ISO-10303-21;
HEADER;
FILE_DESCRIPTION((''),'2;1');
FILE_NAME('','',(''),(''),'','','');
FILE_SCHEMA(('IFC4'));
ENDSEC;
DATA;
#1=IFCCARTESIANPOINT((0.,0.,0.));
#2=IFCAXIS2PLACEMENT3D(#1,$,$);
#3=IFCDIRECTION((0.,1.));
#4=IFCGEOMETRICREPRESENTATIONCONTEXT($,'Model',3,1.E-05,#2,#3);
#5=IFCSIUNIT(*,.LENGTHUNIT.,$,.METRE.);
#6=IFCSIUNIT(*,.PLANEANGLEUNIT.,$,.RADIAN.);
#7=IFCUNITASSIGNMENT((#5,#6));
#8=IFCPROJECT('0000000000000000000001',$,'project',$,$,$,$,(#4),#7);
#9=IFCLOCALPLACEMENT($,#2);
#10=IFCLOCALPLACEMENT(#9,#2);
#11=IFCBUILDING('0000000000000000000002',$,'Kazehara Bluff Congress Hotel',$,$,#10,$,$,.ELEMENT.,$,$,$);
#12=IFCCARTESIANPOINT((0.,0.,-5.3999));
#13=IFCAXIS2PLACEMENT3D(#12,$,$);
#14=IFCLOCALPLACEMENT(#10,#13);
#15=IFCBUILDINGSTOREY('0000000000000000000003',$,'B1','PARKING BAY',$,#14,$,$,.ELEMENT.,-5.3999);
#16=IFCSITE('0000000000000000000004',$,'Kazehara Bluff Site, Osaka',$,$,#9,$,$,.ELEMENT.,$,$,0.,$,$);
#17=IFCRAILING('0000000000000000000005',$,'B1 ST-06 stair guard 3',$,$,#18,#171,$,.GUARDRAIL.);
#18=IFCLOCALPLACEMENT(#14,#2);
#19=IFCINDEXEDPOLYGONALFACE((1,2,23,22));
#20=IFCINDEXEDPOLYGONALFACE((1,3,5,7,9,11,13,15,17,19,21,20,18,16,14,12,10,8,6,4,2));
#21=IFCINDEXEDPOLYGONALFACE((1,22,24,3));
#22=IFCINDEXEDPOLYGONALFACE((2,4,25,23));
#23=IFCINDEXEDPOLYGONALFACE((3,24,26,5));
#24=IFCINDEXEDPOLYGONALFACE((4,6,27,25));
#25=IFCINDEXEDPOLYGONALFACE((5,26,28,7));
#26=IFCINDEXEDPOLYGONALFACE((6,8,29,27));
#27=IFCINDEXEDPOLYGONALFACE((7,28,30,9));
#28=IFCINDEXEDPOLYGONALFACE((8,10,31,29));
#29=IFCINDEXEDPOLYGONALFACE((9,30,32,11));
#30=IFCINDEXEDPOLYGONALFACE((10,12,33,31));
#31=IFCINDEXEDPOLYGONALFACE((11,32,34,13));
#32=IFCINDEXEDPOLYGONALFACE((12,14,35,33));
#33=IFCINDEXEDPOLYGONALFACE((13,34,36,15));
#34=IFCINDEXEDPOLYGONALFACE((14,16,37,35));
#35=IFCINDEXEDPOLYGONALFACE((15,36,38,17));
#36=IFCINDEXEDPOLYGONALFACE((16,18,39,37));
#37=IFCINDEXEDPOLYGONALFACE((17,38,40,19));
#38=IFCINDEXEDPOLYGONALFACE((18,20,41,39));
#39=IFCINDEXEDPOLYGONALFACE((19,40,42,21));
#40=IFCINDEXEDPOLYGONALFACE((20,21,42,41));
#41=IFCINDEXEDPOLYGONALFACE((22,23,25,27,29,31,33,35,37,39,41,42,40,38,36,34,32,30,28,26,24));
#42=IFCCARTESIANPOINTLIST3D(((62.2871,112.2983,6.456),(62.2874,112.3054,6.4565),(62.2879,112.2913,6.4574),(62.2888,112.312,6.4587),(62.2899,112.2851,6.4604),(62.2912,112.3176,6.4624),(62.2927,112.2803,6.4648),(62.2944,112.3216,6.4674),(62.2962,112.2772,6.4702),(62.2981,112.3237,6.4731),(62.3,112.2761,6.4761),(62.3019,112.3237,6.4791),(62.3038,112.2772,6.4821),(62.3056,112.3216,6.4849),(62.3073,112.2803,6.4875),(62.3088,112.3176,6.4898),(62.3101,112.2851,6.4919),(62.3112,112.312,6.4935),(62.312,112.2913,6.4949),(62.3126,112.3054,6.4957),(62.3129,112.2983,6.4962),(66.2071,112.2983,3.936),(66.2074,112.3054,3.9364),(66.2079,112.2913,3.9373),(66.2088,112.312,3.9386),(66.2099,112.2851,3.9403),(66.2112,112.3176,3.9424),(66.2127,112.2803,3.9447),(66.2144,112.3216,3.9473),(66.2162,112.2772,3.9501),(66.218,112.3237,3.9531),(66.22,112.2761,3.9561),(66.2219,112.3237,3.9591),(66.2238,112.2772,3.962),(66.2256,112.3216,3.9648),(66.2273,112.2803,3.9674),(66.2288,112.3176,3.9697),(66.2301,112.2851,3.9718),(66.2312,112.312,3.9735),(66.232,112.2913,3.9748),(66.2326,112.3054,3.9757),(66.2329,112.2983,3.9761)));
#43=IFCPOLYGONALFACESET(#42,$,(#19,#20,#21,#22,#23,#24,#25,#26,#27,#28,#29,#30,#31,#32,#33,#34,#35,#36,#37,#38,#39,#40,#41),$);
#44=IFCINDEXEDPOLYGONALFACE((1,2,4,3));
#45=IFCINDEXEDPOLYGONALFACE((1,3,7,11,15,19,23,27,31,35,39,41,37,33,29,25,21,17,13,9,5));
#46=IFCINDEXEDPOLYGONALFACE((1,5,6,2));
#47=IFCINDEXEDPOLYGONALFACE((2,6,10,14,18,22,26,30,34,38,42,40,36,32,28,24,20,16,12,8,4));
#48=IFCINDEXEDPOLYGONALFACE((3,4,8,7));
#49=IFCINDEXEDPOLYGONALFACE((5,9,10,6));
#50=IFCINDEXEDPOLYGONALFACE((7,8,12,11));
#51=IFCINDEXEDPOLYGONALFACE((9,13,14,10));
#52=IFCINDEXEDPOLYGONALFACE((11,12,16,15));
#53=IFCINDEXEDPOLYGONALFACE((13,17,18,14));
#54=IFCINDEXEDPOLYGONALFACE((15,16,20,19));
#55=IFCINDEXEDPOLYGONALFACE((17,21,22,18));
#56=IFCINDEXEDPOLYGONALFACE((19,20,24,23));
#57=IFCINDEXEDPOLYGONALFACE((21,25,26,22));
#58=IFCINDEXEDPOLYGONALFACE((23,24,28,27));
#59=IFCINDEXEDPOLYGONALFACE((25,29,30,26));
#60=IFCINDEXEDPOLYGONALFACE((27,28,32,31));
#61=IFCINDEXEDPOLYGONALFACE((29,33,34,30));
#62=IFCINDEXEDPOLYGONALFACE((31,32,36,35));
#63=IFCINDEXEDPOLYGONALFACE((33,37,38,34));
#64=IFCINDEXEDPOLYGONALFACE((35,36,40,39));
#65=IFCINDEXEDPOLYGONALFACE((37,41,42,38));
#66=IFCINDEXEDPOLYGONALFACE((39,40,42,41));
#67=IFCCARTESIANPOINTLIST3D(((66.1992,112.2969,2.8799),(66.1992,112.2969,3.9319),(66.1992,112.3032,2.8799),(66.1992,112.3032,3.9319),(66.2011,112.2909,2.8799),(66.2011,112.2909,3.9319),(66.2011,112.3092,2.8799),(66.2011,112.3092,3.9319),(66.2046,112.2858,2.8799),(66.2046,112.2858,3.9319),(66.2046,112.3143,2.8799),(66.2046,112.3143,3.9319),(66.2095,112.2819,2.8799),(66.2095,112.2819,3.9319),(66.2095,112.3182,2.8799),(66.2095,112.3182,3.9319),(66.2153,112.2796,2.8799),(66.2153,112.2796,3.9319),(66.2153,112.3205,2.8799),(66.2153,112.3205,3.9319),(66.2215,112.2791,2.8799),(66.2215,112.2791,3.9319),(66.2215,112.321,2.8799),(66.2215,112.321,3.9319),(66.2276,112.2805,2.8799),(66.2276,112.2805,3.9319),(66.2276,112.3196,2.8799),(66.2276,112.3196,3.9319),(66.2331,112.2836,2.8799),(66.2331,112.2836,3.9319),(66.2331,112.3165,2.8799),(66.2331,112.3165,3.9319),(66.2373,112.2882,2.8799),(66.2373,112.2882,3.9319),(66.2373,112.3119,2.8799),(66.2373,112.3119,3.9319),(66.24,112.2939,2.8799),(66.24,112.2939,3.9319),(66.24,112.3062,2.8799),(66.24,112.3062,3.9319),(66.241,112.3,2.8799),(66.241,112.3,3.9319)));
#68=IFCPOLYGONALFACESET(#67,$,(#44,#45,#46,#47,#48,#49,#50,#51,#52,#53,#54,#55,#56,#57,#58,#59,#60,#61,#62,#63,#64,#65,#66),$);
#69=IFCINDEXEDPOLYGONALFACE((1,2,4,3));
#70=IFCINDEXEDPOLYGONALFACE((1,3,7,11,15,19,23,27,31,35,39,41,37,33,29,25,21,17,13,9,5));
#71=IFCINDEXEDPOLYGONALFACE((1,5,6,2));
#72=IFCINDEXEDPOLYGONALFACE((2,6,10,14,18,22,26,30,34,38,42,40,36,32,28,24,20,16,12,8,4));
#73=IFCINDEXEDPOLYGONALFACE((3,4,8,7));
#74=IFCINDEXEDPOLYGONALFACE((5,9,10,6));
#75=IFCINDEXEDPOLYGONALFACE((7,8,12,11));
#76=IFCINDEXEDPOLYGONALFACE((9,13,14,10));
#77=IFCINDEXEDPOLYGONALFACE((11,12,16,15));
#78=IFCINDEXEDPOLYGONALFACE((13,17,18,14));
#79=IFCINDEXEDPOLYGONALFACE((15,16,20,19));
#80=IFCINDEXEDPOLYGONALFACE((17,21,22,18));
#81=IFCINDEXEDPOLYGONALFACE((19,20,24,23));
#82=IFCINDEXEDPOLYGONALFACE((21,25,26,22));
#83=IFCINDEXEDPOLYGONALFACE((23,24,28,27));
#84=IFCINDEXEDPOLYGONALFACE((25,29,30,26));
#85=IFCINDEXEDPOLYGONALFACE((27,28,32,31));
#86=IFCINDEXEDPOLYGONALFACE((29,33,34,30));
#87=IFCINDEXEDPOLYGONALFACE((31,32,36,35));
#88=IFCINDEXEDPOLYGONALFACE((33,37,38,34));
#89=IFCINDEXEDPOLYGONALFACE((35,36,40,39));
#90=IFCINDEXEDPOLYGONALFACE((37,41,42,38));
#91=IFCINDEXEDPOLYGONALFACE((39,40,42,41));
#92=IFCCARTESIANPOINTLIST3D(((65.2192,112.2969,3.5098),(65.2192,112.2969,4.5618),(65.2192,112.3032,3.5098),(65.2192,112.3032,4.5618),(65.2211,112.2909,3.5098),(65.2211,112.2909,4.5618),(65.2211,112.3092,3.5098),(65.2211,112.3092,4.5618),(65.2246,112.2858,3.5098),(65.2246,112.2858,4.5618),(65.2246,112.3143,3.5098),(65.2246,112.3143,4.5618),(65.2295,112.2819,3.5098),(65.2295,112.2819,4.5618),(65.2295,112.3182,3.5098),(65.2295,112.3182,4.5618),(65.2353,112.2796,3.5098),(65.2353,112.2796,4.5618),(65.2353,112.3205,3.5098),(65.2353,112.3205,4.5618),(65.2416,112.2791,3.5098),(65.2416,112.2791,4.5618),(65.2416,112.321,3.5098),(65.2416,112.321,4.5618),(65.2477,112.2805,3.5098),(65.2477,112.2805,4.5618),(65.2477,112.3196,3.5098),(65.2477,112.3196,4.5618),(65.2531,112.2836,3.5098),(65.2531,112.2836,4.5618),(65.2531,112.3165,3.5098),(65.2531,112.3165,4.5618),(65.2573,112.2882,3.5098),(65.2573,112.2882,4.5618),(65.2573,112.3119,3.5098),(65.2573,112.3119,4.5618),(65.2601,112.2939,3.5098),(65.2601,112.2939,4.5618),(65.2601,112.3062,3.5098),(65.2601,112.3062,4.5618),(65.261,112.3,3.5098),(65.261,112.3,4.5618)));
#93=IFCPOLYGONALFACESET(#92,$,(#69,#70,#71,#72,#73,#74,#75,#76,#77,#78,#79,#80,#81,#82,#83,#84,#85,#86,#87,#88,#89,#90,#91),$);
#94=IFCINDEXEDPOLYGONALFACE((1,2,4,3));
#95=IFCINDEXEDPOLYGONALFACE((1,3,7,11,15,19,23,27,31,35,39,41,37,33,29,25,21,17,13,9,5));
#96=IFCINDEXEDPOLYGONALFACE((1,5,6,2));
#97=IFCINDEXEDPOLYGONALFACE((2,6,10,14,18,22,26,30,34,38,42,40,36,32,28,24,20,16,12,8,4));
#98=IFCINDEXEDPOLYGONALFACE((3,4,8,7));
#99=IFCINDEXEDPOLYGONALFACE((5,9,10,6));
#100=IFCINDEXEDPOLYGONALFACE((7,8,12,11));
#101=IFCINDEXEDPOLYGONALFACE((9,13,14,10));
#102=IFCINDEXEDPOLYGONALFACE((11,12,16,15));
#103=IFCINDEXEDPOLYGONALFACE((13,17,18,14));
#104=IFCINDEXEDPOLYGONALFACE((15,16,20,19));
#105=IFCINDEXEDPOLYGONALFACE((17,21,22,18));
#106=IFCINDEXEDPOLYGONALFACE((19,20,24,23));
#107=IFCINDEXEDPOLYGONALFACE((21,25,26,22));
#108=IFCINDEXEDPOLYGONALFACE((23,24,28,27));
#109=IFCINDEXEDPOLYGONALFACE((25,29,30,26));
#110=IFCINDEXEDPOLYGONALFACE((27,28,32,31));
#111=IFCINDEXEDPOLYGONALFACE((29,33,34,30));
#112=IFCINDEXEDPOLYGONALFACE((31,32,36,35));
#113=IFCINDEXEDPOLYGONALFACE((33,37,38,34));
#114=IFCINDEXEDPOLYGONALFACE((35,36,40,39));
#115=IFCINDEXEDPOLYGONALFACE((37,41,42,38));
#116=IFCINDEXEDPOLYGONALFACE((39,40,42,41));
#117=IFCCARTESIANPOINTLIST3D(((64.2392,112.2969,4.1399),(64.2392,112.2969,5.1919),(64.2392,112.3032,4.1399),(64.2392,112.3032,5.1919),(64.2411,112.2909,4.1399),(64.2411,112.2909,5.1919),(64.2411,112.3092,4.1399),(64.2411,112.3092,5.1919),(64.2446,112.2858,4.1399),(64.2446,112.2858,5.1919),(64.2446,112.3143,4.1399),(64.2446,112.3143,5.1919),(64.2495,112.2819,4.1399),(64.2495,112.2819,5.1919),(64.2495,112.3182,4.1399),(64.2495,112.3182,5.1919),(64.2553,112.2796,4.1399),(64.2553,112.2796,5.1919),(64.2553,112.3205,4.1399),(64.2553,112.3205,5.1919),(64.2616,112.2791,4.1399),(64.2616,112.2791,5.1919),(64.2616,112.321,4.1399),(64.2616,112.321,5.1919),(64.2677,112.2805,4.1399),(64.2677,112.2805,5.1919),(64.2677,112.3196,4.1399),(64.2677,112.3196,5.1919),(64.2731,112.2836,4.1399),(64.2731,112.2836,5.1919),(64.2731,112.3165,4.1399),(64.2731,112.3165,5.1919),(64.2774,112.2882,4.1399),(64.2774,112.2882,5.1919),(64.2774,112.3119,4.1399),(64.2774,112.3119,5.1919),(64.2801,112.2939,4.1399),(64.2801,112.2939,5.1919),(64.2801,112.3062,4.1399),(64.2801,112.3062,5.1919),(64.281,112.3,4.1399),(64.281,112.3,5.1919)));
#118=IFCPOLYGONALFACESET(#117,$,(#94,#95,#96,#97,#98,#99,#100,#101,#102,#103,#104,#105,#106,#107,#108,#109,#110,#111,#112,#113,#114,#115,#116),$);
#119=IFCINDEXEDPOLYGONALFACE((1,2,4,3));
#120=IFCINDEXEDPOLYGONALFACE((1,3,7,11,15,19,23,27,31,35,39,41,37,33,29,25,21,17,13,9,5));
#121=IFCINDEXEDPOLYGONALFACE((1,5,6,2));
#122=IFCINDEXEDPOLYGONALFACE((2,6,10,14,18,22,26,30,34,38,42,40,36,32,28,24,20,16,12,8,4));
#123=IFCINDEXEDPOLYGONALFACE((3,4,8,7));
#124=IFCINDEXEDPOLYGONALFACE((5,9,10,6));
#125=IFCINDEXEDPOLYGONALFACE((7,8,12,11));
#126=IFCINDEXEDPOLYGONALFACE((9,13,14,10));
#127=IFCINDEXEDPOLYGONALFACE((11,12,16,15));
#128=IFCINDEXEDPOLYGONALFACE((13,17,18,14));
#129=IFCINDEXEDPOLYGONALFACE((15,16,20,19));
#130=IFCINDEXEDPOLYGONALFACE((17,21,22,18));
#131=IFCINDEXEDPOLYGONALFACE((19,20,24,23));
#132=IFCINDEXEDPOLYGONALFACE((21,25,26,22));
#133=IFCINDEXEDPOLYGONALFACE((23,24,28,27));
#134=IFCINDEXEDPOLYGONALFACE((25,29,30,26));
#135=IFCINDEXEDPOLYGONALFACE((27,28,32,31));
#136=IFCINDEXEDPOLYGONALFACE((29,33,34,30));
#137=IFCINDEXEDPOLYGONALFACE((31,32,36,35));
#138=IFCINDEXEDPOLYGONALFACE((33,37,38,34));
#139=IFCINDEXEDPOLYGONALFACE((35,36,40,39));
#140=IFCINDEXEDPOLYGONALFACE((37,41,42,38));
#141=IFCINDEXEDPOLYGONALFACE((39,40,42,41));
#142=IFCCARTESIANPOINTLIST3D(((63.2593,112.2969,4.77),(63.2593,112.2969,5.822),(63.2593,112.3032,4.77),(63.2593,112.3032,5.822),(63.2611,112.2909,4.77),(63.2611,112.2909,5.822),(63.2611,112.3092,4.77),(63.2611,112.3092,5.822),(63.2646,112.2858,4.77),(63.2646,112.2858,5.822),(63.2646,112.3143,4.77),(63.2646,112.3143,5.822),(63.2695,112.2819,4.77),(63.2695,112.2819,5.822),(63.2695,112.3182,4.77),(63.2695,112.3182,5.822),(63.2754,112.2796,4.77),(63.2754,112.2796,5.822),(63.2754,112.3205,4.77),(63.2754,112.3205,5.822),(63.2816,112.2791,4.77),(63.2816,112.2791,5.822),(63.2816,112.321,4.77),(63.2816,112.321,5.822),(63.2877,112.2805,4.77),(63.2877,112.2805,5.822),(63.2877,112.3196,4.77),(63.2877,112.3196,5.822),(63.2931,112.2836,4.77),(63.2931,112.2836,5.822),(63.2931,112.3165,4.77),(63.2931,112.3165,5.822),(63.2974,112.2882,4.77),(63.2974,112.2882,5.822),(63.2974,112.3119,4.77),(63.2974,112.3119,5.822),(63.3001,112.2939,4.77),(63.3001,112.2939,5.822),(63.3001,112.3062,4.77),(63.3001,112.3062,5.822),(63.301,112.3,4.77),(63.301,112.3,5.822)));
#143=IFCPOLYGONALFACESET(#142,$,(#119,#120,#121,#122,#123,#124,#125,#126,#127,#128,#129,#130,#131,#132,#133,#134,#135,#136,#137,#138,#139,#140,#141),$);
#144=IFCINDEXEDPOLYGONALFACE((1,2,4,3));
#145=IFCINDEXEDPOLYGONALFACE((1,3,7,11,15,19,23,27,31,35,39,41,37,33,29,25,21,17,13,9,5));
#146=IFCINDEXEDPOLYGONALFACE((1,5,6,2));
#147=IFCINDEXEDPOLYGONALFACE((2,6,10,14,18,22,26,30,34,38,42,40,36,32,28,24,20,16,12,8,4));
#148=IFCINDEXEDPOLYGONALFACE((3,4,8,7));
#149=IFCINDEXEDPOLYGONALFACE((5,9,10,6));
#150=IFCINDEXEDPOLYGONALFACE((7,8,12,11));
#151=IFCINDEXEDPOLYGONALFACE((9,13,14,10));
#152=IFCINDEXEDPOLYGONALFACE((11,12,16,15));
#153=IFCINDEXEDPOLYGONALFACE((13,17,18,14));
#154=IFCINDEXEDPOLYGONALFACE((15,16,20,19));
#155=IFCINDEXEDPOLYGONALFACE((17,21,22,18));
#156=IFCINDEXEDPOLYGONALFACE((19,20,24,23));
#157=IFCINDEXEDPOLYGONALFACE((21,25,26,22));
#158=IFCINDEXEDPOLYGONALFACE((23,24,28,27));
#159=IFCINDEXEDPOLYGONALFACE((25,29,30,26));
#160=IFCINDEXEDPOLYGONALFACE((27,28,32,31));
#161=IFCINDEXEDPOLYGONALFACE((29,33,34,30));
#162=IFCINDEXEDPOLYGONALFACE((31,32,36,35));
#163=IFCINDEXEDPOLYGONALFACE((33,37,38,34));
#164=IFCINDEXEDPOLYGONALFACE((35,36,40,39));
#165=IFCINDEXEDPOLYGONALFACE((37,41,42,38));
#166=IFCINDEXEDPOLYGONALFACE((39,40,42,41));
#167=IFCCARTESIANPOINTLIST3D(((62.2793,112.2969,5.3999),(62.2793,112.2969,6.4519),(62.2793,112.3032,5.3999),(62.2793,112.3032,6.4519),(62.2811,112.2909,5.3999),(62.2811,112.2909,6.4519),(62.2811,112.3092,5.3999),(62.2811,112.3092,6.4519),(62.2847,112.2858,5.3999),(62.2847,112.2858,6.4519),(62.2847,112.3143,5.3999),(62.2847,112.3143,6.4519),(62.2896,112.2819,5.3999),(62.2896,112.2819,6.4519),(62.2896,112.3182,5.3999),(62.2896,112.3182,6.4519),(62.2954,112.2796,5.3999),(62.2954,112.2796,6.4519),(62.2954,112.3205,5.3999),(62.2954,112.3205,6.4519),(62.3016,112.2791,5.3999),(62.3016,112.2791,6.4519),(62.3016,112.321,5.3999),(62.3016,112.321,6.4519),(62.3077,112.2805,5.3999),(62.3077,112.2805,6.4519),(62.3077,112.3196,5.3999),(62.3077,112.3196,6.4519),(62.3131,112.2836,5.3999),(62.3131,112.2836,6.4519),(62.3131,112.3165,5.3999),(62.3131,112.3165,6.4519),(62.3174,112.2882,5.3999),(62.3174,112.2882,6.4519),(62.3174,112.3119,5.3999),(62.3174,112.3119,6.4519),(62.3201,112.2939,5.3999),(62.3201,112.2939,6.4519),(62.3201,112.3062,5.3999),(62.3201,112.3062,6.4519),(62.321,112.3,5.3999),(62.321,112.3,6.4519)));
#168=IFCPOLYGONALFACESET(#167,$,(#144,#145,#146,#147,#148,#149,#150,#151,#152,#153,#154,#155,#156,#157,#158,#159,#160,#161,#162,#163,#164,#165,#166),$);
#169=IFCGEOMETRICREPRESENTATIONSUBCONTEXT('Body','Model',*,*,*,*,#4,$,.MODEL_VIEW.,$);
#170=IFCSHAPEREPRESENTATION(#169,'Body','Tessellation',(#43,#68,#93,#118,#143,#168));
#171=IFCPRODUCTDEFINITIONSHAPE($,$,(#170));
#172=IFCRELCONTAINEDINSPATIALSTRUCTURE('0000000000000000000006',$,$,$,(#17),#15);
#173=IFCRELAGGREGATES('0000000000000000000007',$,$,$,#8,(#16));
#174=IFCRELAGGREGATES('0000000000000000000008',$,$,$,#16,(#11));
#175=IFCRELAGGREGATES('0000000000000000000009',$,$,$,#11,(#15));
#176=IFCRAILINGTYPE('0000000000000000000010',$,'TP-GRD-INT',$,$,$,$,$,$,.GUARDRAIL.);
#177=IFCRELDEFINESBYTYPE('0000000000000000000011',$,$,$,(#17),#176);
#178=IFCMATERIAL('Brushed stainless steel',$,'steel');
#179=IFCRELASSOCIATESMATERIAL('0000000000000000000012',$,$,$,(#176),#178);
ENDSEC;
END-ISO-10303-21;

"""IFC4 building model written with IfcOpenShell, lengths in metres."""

from ifc_helpers import new_model, si_unit, direction, frame, origin, origin_2d, place, context, subcontext, project, spatial, circle, extrude, material, type_object, element, save


model = new_model("IFC4")

# Units and contexts
model_context = context("Model", 3, precision=1e-05, world=origin(), true_north=direction((0.0, 1.0)))
body_context = subcontext(model_context, "Body", "Model", "MODEL_VIEW")
ifc_project = project(units=[si_unit("LENGTHUNIT", "METRE"), si_unit("PLANEANGLEUNIT", "RADIAN")], contexts=[model_context])

# Site, building, storey
site_placement = place(None, origin())
site = spatial("IfcSite", under=ifc_project, at=site_placement, Name="Kazehara Bluff Site, Osaka", CompositionType="ELEMENT", RefElevation=0.0)
building_placement = place(site_placement, origin())
building = spatial("IfcBuilding", under=site, at=building_placement, Name="Kazehara Bluff Congress Hotel", CompositionType="ELEMENT")
storey_placement = place(building_placement, frame((0.0, 0.0, -5.3999)))
storey = spatial("IfcBuildingStorey", under=building, at=storey_placement, Name="B1", Description="PARKING BAY", CompositionType="ELEMENT", Elevation=-5.3999)

# Railing
ifc_material_1 = material(Name="Brushed stainless steel", Category="steel")
railing_type_1 = type_object("IfcRailingType", Name="TP-GRD-INT", PredefinedType="GUARDRAIL", material=ifc_material_1)
railing_1_placement = place(storey_placement, frame((66.22, 112.3, 2.8799)))
element("IfcRailing", 1, at=railing_1_placement, inside=storey, type_object=railing_type_1, Name="B1 ST-06 stair guard 3", PredefinedType="GUARDRAIL", context=body_context, shape_type="SweptSolid", body=[
    extrude(circle(Radius=0.0239, at=origin_2d()), frame((0.0, 0.0, 1.0762), z_axis=(-0.841172, 0.0, 0.540768), x_axis=(0.0, -1.0, 0.0)), (0.0, 0.0, 1.0), 4.6602),
    extrude(circle(Radius=0.021, at=origin_2d()), origin(), (0.0, 0.0, 1.0), 1.052),
    extrude(circle(Radius=0.021, at=origin_2d()), frame((-0.98, 0.0, 0.6299)), (0.0, 0.0, 1.0), 1.052),
    extrude(circle(Radius=0.021, at=origin_2d()), frame((-1.96, 0.0, 1.26)), (0.0, 0.0, 1.0), 1.052),
    extrude(circle(Radius=0.021, at=origin_2d()), frame((-2.9399, 0.0, 1.8901)), (0.0, 0.0, 1.0), 1.052),
    extrude(circle(Radius=0.021, at=origin_2d()), frame((-3.9199, 0.0, 2.52)), (0.0, 0.0, 1.0), 1.052),
])

save(model, "model.ifc")
